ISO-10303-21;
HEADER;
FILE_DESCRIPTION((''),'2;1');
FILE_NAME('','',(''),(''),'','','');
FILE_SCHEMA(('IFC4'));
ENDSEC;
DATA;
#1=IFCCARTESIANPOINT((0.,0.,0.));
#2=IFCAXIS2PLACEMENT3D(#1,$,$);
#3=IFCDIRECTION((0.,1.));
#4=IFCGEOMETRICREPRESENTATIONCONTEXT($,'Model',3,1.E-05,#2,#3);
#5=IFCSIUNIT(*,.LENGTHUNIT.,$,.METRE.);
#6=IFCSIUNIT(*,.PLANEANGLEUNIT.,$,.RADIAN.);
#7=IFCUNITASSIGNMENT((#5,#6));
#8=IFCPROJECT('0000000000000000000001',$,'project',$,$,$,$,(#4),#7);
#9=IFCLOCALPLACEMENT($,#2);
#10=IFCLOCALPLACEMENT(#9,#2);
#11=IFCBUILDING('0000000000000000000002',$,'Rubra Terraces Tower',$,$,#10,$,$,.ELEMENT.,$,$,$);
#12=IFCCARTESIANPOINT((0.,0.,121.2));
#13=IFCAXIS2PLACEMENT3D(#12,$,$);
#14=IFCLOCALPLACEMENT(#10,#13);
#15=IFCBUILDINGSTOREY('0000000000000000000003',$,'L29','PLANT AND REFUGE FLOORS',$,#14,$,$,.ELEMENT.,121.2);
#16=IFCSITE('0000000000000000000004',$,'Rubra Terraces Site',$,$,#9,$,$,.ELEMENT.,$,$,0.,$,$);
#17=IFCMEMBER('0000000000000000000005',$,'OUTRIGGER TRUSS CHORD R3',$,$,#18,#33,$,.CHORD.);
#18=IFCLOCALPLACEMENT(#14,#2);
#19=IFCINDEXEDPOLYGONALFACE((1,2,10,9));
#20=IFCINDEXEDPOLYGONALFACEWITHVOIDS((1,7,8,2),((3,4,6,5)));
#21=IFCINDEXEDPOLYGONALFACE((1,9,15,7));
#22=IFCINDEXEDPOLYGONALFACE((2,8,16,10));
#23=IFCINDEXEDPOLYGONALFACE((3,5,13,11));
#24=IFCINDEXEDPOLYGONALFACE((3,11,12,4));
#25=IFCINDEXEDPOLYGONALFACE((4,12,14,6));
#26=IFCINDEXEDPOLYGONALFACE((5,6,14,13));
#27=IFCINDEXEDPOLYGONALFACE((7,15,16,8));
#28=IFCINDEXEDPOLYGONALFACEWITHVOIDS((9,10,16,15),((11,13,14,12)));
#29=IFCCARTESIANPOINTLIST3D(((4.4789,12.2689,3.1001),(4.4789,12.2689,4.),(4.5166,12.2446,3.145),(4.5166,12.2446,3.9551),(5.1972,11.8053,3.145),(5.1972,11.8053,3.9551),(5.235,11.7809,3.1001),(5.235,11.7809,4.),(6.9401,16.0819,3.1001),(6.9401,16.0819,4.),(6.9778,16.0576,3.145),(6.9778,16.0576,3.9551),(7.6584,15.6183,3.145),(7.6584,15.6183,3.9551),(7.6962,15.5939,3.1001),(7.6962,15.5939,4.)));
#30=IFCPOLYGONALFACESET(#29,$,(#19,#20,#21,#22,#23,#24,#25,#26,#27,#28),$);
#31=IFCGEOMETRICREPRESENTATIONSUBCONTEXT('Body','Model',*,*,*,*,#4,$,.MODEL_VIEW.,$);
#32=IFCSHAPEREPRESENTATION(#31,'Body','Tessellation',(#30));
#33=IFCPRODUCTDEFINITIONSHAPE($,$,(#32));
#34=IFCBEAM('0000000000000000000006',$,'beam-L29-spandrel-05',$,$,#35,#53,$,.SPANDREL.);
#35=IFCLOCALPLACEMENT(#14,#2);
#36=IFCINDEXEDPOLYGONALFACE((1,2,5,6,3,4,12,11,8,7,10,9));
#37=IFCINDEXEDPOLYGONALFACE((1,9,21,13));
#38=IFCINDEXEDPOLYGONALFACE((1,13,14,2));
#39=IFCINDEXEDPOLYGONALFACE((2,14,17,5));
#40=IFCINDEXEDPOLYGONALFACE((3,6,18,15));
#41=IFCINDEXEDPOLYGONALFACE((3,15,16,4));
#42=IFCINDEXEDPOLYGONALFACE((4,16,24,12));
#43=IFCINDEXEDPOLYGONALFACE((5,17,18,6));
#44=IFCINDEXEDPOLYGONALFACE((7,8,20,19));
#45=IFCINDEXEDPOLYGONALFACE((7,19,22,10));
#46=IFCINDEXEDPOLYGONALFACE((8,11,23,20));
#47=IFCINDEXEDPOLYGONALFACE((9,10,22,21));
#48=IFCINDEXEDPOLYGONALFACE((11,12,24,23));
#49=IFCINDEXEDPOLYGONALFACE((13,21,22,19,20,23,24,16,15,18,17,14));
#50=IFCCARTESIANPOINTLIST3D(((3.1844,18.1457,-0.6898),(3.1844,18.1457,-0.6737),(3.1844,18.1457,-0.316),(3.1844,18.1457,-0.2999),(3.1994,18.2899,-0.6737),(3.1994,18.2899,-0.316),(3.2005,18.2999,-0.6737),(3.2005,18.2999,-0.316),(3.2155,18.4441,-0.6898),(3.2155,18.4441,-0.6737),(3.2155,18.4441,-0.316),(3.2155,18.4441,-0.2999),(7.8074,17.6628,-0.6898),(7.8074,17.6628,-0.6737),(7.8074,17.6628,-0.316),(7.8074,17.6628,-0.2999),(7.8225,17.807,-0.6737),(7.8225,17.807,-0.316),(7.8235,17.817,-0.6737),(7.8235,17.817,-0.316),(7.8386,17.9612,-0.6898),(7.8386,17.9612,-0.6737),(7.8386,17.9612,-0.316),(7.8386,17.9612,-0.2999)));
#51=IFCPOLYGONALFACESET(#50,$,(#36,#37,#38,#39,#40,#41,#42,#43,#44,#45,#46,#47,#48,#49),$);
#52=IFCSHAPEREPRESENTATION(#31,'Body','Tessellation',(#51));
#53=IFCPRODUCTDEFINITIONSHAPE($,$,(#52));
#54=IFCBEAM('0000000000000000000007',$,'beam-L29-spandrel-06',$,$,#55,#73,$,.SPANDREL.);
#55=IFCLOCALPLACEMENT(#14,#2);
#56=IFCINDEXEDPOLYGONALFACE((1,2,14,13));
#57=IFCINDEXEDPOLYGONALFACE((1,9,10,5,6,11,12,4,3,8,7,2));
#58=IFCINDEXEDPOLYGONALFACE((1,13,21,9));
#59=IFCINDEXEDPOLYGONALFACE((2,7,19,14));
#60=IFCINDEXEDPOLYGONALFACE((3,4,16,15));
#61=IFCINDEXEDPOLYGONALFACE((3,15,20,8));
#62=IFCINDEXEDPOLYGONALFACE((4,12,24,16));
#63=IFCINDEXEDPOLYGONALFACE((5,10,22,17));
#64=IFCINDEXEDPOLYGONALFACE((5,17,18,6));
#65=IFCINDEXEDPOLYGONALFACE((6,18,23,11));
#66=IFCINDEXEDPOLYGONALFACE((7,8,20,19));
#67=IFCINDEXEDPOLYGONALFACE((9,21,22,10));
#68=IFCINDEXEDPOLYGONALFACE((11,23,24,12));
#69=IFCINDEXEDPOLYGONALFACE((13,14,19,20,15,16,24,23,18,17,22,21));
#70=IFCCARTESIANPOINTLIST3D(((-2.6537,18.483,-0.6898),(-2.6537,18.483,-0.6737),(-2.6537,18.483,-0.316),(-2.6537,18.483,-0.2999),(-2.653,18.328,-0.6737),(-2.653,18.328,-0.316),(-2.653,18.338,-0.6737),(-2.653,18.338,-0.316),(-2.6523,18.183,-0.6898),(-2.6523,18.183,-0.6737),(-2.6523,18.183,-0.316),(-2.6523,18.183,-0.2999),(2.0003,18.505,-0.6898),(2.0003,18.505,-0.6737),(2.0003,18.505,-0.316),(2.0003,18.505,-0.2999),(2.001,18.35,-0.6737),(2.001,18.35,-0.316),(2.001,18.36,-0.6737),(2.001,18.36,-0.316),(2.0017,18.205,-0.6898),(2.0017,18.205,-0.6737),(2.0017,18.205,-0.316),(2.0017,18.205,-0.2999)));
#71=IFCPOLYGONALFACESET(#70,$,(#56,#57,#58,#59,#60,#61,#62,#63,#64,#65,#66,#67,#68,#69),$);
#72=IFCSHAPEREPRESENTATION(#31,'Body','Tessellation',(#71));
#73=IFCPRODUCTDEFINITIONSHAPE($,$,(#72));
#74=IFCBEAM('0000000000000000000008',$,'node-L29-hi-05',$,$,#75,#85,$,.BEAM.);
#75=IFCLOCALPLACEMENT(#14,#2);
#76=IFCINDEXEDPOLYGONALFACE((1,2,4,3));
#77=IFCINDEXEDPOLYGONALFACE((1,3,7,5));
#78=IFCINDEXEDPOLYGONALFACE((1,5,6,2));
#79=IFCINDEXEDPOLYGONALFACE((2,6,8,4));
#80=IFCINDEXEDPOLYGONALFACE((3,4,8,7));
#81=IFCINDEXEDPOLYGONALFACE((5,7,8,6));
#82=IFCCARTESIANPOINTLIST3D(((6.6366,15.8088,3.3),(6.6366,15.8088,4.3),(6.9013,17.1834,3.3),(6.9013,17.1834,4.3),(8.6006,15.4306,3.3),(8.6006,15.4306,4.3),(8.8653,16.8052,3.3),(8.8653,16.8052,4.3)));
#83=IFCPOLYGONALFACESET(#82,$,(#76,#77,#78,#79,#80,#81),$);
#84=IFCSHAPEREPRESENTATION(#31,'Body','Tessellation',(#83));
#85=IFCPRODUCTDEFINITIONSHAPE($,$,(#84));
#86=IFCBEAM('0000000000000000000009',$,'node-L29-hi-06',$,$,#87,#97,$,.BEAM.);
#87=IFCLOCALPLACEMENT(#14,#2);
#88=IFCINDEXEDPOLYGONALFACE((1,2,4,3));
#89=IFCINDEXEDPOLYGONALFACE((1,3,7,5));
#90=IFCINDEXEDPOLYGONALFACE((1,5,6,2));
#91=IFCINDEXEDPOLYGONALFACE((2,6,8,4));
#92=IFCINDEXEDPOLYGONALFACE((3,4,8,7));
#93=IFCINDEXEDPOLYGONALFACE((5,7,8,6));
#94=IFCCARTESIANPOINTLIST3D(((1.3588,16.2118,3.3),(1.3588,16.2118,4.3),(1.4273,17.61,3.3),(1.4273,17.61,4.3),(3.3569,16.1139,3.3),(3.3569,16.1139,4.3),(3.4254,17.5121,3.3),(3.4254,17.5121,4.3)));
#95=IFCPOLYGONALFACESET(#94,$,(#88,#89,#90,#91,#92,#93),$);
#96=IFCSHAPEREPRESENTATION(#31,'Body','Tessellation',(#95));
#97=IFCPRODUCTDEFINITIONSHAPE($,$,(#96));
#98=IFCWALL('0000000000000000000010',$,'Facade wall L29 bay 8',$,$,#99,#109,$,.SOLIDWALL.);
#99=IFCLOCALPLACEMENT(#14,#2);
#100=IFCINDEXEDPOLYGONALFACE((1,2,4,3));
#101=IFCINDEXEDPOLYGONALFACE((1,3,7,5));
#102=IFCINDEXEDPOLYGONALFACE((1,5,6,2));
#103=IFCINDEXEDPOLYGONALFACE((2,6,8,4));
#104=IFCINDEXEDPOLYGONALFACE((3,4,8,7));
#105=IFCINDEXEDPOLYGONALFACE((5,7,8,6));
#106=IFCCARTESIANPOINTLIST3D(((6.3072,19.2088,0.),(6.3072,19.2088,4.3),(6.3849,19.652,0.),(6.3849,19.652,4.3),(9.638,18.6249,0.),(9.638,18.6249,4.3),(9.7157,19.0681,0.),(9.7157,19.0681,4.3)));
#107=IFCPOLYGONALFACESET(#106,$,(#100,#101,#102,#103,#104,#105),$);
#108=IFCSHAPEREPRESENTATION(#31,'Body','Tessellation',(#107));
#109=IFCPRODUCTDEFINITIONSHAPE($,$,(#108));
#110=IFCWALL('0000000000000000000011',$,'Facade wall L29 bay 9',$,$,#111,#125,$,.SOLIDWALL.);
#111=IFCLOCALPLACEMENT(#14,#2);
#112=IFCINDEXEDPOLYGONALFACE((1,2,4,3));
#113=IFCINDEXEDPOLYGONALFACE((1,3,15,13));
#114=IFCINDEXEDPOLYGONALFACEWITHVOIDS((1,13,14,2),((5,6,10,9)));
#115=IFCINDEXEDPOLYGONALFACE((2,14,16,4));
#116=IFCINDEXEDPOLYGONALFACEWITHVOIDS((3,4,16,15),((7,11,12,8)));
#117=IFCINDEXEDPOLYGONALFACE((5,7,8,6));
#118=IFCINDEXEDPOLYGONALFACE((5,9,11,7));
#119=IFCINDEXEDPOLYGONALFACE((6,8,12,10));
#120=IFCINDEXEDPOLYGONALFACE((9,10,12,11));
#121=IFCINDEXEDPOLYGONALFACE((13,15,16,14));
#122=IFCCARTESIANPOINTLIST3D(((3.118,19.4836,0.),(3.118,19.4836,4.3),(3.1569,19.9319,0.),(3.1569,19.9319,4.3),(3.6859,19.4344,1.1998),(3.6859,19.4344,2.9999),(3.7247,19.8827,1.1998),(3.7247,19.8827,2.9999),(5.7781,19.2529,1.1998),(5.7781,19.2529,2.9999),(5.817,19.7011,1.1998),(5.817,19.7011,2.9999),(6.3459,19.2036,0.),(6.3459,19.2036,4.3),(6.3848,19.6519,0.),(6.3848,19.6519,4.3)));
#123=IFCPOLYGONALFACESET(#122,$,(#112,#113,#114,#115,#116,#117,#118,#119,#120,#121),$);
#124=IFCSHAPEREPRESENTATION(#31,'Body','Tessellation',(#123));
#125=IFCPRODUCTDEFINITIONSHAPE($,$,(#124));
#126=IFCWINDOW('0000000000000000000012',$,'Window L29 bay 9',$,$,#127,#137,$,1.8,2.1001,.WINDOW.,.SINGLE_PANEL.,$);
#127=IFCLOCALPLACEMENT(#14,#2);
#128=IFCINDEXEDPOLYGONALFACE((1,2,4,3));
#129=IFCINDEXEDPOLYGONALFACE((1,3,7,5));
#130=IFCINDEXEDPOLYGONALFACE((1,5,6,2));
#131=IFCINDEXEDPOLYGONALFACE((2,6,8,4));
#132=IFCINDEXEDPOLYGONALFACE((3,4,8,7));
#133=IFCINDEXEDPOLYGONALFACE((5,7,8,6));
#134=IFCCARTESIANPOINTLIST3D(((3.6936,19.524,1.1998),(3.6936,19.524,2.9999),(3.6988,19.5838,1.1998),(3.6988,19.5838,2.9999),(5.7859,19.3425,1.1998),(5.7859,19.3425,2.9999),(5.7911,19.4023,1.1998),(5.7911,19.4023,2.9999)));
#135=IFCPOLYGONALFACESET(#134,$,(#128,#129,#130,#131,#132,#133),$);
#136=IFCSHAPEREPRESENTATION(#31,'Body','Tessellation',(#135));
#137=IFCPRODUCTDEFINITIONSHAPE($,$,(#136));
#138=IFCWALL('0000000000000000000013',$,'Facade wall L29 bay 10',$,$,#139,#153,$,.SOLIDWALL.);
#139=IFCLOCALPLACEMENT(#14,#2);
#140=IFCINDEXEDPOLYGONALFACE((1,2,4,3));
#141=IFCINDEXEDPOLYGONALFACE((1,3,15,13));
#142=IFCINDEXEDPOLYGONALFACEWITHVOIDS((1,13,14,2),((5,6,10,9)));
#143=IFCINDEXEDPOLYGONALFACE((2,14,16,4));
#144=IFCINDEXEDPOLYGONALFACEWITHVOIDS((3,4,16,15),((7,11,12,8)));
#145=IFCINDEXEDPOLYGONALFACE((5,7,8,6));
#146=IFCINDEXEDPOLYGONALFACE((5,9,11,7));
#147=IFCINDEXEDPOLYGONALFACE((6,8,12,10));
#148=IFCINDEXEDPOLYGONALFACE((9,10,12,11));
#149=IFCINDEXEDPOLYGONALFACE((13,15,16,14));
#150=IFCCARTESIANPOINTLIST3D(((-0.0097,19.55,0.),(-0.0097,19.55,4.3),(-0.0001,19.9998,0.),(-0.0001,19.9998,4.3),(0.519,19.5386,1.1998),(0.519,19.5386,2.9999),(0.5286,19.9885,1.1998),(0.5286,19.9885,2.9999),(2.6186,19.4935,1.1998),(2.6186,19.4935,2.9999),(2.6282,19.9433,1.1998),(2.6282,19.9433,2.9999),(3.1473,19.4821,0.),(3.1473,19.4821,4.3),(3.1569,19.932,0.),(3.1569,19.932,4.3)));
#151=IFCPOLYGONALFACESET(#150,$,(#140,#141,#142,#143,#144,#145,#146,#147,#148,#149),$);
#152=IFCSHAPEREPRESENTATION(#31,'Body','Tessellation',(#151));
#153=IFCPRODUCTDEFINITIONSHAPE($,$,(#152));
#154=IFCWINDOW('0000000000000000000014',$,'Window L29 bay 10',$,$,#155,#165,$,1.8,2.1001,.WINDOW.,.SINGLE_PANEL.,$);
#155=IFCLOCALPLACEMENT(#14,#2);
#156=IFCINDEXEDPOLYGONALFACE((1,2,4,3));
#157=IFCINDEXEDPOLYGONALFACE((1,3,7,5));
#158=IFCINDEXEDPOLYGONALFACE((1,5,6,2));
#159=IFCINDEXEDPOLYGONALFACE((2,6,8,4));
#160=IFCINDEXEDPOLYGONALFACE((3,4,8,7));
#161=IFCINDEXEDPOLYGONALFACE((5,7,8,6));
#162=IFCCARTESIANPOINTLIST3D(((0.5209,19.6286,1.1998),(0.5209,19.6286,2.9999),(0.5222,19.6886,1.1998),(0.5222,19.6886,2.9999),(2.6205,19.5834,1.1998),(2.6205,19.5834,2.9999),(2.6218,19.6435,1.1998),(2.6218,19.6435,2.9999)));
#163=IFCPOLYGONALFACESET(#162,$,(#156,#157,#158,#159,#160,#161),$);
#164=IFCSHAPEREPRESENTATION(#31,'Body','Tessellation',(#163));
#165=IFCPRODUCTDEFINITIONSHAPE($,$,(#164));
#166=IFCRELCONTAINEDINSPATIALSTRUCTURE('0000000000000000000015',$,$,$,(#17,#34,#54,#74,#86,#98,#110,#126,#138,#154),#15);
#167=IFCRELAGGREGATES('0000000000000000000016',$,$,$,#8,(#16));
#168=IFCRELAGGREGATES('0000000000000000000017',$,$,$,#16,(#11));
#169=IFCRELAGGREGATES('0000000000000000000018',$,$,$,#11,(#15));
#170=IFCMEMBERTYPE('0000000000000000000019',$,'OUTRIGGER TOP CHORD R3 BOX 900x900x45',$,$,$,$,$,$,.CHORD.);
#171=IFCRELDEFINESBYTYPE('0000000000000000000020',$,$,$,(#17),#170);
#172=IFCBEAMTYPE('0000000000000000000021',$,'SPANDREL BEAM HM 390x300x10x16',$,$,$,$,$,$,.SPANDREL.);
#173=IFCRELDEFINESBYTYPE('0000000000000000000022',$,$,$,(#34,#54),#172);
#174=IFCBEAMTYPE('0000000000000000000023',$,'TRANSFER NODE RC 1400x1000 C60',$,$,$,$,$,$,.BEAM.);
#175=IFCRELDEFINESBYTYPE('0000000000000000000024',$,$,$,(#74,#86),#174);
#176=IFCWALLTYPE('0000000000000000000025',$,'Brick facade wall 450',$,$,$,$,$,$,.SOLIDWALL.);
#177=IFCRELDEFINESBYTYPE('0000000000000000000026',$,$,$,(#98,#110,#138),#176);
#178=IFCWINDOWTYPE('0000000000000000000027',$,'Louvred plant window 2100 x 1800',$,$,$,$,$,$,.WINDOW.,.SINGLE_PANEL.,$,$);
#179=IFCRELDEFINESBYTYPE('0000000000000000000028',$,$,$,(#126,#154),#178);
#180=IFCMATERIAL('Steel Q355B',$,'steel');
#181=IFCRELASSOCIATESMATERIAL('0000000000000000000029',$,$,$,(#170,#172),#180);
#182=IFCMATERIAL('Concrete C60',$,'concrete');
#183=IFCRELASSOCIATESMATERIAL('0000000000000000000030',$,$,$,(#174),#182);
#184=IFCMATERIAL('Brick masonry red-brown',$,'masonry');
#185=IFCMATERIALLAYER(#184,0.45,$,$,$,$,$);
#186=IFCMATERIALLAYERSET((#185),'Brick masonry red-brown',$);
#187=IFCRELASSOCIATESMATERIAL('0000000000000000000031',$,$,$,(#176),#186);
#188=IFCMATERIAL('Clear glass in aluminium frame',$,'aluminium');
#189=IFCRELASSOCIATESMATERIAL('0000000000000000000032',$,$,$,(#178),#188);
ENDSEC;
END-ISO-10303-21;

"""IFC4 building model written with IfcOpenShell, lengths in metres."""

from ifc_helpers import new_model, si_unit, direction, frame, frame_2d, origin, origin_2d, place, context, subcontext, project, spatial, rectangle, hollow_rectangle, i_section, extrude, material, layer, layer_set, material_profile, profile_set, type_object, element, fill, save


model = new_model("IFC4")

# Units and contexts
model_context = context("Model", 3, precision=1e-05, world=origin(), true_north=direction((0.0, 1.0)))
body_context = subcontext(model_context, "Body", "Model", "MODEL_VIEW")
ifc_project = project(units=[si_unit("LENGTHUNIT", "METRE"), si_unit("PLANEANGLEUNIT", "RADIAN")], contexts=[model_context])

# Site, building, storey
site_placement = place(None, origin())
site = spatial("IfcSite", under=ifc_project, at=site_placement, Name="Rubra Terraces Site", CompositionType="ELEMENT", RefElevation=0.0)
building_placement = place(site_placement, origin())
building = spatial("IfcBuilding", under=site, at=building_placement, Name="Rubra Terraces Tower", CompositionType="ELEMENT")
storey_placement = place(building_placement, frame((0.0, 0.0, 121.2)))
storey = spatial("IfcBuildingStorey", under=building, at=storey_placement, Name="L29", Description="PLANT AND REFUGE FLOORS", CompositionType="ELEMENT", Elevation=121.2)

# Shared definitions
ifc_material_1 = material(Name="Concrete C60", Category="concrete")

# Shared definitions
ifc_material_2 = material(Name="Steel Q355B", Category="steel")

# Member
ifc_material_profile_1 = material_profile(ifc_material_2, hollow_rectangle(XDim=0.8999, YDim=0.8999, WallThickness=0.0449, at=origin_2d()), Name="BOX 900x900x45")
ifc_profile_set_1 = profile_set([ifc_material_profile_1], Name="Steel Q355B")
member_type_1 = type_object("IfcMemberType", Name="OUTRIGGER TOP CHORD R3 BOX 900x900x45", PredefinedType="CHORD", material=ifc_profile_set_1)
member_1_placement = place(storey_placement, frame((4.8569, 12.0249, 3.55), z_axis=(0.542312, 0.840177, 0.0), x_axis=(-0.840177, 0.542312, 0.0)))
element("IfcMember", 1, at=member_1_placement, inside=storey, type_object=member_type_1, Name="OUTRIGGER TRUSS CHORD R3", PredefinedType="CHORD", context=body_context, shape_type="SweptSolid", body=[
    extrude(hollow_rectangle(XDim=0.8999, YDim=0.8999, WallThickness=0.0449, at=origin_2d()), origin(), (0.0, 0.0, 1.0), 4.5383),
])

# Beams
ifc_material_profile_2 = material_profile(ifc_material_2, i_section(OverallWidth=0.3, OverallDepth=0.3899, WebThickness=0.01, FlangeThickness=0.0161, at=origin_2d()), Name="HM 390x300x10x16")
ifc_profile_set_2 = profile_set([ifc_material_profile_2], Name="Steel Q355B")
beam_type_1 = type_object("IfcBeamType", Name="SPANDREL BEAM HM 390x300x10x16", PredefinedType="SPANDREL", material=ifc_profile_set_2)
beam_1_placement = place(storey_placement, frame((7.823, 17.812, -0.4949), z_axis=(-0.994589, 0.103892, 0.0), x_axis=(-0.103892, -0.994589, 0.0)))
element("IfcBeam", 2, at=beam_1_placement, inside=storey, type_object=beam_type_1, Name="beam-L29-spandrel-05", PredefinedType="SPANDREL", context=body_context, shape_type="SweptSolid", body=[
    extrude(i_section(OverallWidth=0.3, OverallDepth=0.3899, WebThickness=0.01, FlangeThickness=0.0161, at=origin_2d()), origin(), (0.0, 0.0, 1.0), 4.6482),
])
beam_2_placement = place(storey_placement, frame((2.001, 18.355, -0.4949), z_axis=(-0.999989, -0.004721, 0.0), x_axis=(0.004721, -0.999989, 0.0)))
element("IfcBeam", 3, at=beam_2_placement, inside=storey, type_object=beam_type_1, Name="beam-L29-spandrel-06", PredefinedType="SPANDREL", context=body_context, shape_type="SweptSolid", body=[
    extrude(i_section(OverallWidth=0.3, OverallDepth=0.3899, WebThickness=0.01, FlangeThickness=0.0161, at=origin_2d()), origin(), (0.0, 0.0, 1.0), 4.6541),
])
ifc_material_profile_3 = material_profile(ifc_material_1, rectangle(XDim=1.3999, YDim=1.0, at=origin_2d()), Name="RC 1400x1000")
ifc_profile_set_3 = profile_set([ifc_material_profile_3], Name="Concrete C60")
beam_type_2 = type_object("IfcBeamType", Name="TRANSFER NODE RC 1400x1000 C60", PredefinedType="BEAM", material=ifc_profile_set_3)
beam_3_placement = place(storey_placement, frame((8.7329, 16.1179, 3.8), z_axis=(-0.981959, 0.189092, 0.0), x_axis=(-0.189092, -0.981959, 0.0)))
element("IfcBeam", 4, at=beam_3_placement, inside=storey, type_object=beam_type_2, Name="node-L29-hi-05", PredefinedType="BEAM", context=body_context, shape_type="SweptSolid", body=[
    extrude(rectangle(XDim=1.3999, YDim=1.0, at=origin_2d()), origin(), (0.0, 0.0, 1.0), 2.0),
])
beam_4_placement = place(storey_placement, frame((3.3911, 16.813, 3.8), z_axis=(-0.998802, 0.048939, 0.0), x_axis=(-0.048939, -0.998802, 0.0)))
element("IfcBeam", 5, at=beam_4_placement, inside=storey, type_object=beam_type_2, Name="node-L29-hi-06", PredefinedType="BEAM", context=body_context, shape_type="SweptSolid", body=[
    extrude(rectangle(XDim=1.3999, YDim=1.0, at=origin_2d()), origin(), (0.0, 0.0, 1.0), 2.0005),
])

# Wall
ifc_material_3 = material(Name="Brick masonry red-brown", Category="masonry")
ifc_layer_1 = layer(ifc_material_3, 0.45)
ifc_layer_set_1 = layer_set([ifc_layer_1], Name="Brick masonry red-brown")
wall_type_1 = type_object("IfcWallType", Name="Brick facade wall 450", PredefinedType="SOLIDWALL", material=ifc_layer_set_1)
wall_1_placement = place(storey_placement, frame((9.677, 18.8464, 0.0), z_axis=(0.0, 0.0, 1.0), x_axis=(-0.984976, 0.172694, 0.0)))
element("IfcWall", 6, at=wall_1_placement, inside=storey, type_object=wall_type_1, Name="Facade wall L29 bay 8", PredefinedType="SOLIDWALL", context=body_context, shape_type="SweptSolid", body=[
    extrude(rectangle(XDim=3.3816, YDim=0.45, at=frame_2d((1.6909, 0.0))), origin(), (0.0, 0.0, 1.0), 4.3),
])

# Walls, openings, windows
wall_2_placement = place(storey_placement, frame((6.3655, 19.4277, 0.0), z_axis=(0.0, 0.0, 1.0), x_axis=(-0.996258, 0.086431, 0.0)))
wall_2 = element("IfcWall", 7, at=wall_2_placement, inside=storey, type_object=wall_type_1, Name="Facade wall L29 bay 9", PredefinedType="SOLIDWALL", context=body_context, shape_type="SweptSolid", body=[
    extrude(rectangle(XDim=3.24, YDim=0.45, at=frame_2d((1.6201, 0.0))), origin(), (0.0, 0.0, 1.0), 4.3),
])
opening_1_placement = place(wall_2_placement, frame((0.5701, 0.0, 1.2)))
opening_1 = element("IfcOpeningElement", 8, at=opening_1_placement, cuts=wall_2, PredefinedType="OPENING", context=body_context, shape_type="SweptSolid", body=[
    extrude(rectangle(XDim=2.1001, YDim=1.8, at=frame_2d((1.05, 0.8999))), frame((0.0, 0.2349, 0.0), z_axis=(0.0, -1.0, 0.0), x_axis=(1.0, 0.0, 0.0)), (0.0, 0.0, 1.0), 0.47),
])
ifc_material_4 = material(Name="Clear glass in aluminium frame", Category="aluminium")
window_type = type_object("IfcWindowType", Name="Louvred plant window 2100 x 1800", PartitioningType="SINGLE_PANEL", PredefinedType="WINDOW", material=ifc_material_4)
window_1_placement = place(opening_1_placement, origin())
window_1 = element("IfcWindow", 9, at=window_1_placement, inside=storey, type_object=window_type, Name="Window L29 bay 9", OverallHeight=1.8, OverallWidth=2.1001, PartitioningType="SINGLE_PANEL", PredefinedType="WINDOW", context=body_context, shape_type="SweptSolid", body=[
    extrude(rectangle(XDim=2.1001, YDim=1.8, at=frame_2d((1.05, 0.8999))), frame((0.0, 0.135, 0.0), z_axis=(0.0, -1.0, 0.0), x_axis=(1.0, 0.0, 0.0)), (0.0, 0.0, 1.0), 0.0601),
])
fill(opening_1, window_1)
wall_3_placement = place(storey_placement, frame((3.1521, 19.707, 0.0), z_axis=(0.0, 0.0, 1.0), x_axis=(-0.999769, 0.021494, 0.0)))
wall_3 = element("IfcWall", 10, at=wall_3_placement, inside=storey, type_object=wall_type_1, Name="Facade wall L29 bay 10", PredefinedType="SOLIDWALL", context=body_context, shape_type="SweptSolid", body=[
    extrude(rectangle(XDim=3.1577, YDim=0.45, at=frame_2d((1.5789, 0.0))), origin(), (0.0, 0.0, 1.0), 4.3),
])
opening_2_placement = place(wall_3_placement, frame((0.5288, 0.0, 1.2)))
opening_2 = element("IfcOpeningElement", 11, at=opening_2_placement, cuts=wall_3, PredefinedType="OPENING", context=body_context, shape_type="SweptSolid", body=[
    extrude(rectangle(XDim=2.1001, YDim=1.8, at=frame_2d((1.05, 0.8999))), frame((0.0, 0.2349, 0.0), z_axis=(0.0, -1.0, 0.0), x_axis=(1.0, 0.0, 0.0)), (0.0, 0.0, 1.0), 0.47),
])
window_2_placement = place(opening_2_placement, origin())
window_2 = element("IfcWindow", 12, at=window_2_placement, inside=storey, type_object=window_type, Name="Window L29 bay 10", OverallHeight=1.8, OverallWidth=2.1001, PartitioningType="SINGLE_PANEL", PredefinedType="WINDOW", context=body_context, shape_type="SweptSolid", body=[
    extrude(rectangle(XDim=2.1001, YDim=1.8, at=frame_2d((1.05, 0.8999))), frame((0.0, 0.135, 0.0), z_axis=(0.0, -1.0, 0.0), x_axis=(1.0, 0.0, 0.0)), (0.0, 0.0, 1.0), 0.0601),
])
fill(opening_2, window_2)

save(model, "model.ifc")
